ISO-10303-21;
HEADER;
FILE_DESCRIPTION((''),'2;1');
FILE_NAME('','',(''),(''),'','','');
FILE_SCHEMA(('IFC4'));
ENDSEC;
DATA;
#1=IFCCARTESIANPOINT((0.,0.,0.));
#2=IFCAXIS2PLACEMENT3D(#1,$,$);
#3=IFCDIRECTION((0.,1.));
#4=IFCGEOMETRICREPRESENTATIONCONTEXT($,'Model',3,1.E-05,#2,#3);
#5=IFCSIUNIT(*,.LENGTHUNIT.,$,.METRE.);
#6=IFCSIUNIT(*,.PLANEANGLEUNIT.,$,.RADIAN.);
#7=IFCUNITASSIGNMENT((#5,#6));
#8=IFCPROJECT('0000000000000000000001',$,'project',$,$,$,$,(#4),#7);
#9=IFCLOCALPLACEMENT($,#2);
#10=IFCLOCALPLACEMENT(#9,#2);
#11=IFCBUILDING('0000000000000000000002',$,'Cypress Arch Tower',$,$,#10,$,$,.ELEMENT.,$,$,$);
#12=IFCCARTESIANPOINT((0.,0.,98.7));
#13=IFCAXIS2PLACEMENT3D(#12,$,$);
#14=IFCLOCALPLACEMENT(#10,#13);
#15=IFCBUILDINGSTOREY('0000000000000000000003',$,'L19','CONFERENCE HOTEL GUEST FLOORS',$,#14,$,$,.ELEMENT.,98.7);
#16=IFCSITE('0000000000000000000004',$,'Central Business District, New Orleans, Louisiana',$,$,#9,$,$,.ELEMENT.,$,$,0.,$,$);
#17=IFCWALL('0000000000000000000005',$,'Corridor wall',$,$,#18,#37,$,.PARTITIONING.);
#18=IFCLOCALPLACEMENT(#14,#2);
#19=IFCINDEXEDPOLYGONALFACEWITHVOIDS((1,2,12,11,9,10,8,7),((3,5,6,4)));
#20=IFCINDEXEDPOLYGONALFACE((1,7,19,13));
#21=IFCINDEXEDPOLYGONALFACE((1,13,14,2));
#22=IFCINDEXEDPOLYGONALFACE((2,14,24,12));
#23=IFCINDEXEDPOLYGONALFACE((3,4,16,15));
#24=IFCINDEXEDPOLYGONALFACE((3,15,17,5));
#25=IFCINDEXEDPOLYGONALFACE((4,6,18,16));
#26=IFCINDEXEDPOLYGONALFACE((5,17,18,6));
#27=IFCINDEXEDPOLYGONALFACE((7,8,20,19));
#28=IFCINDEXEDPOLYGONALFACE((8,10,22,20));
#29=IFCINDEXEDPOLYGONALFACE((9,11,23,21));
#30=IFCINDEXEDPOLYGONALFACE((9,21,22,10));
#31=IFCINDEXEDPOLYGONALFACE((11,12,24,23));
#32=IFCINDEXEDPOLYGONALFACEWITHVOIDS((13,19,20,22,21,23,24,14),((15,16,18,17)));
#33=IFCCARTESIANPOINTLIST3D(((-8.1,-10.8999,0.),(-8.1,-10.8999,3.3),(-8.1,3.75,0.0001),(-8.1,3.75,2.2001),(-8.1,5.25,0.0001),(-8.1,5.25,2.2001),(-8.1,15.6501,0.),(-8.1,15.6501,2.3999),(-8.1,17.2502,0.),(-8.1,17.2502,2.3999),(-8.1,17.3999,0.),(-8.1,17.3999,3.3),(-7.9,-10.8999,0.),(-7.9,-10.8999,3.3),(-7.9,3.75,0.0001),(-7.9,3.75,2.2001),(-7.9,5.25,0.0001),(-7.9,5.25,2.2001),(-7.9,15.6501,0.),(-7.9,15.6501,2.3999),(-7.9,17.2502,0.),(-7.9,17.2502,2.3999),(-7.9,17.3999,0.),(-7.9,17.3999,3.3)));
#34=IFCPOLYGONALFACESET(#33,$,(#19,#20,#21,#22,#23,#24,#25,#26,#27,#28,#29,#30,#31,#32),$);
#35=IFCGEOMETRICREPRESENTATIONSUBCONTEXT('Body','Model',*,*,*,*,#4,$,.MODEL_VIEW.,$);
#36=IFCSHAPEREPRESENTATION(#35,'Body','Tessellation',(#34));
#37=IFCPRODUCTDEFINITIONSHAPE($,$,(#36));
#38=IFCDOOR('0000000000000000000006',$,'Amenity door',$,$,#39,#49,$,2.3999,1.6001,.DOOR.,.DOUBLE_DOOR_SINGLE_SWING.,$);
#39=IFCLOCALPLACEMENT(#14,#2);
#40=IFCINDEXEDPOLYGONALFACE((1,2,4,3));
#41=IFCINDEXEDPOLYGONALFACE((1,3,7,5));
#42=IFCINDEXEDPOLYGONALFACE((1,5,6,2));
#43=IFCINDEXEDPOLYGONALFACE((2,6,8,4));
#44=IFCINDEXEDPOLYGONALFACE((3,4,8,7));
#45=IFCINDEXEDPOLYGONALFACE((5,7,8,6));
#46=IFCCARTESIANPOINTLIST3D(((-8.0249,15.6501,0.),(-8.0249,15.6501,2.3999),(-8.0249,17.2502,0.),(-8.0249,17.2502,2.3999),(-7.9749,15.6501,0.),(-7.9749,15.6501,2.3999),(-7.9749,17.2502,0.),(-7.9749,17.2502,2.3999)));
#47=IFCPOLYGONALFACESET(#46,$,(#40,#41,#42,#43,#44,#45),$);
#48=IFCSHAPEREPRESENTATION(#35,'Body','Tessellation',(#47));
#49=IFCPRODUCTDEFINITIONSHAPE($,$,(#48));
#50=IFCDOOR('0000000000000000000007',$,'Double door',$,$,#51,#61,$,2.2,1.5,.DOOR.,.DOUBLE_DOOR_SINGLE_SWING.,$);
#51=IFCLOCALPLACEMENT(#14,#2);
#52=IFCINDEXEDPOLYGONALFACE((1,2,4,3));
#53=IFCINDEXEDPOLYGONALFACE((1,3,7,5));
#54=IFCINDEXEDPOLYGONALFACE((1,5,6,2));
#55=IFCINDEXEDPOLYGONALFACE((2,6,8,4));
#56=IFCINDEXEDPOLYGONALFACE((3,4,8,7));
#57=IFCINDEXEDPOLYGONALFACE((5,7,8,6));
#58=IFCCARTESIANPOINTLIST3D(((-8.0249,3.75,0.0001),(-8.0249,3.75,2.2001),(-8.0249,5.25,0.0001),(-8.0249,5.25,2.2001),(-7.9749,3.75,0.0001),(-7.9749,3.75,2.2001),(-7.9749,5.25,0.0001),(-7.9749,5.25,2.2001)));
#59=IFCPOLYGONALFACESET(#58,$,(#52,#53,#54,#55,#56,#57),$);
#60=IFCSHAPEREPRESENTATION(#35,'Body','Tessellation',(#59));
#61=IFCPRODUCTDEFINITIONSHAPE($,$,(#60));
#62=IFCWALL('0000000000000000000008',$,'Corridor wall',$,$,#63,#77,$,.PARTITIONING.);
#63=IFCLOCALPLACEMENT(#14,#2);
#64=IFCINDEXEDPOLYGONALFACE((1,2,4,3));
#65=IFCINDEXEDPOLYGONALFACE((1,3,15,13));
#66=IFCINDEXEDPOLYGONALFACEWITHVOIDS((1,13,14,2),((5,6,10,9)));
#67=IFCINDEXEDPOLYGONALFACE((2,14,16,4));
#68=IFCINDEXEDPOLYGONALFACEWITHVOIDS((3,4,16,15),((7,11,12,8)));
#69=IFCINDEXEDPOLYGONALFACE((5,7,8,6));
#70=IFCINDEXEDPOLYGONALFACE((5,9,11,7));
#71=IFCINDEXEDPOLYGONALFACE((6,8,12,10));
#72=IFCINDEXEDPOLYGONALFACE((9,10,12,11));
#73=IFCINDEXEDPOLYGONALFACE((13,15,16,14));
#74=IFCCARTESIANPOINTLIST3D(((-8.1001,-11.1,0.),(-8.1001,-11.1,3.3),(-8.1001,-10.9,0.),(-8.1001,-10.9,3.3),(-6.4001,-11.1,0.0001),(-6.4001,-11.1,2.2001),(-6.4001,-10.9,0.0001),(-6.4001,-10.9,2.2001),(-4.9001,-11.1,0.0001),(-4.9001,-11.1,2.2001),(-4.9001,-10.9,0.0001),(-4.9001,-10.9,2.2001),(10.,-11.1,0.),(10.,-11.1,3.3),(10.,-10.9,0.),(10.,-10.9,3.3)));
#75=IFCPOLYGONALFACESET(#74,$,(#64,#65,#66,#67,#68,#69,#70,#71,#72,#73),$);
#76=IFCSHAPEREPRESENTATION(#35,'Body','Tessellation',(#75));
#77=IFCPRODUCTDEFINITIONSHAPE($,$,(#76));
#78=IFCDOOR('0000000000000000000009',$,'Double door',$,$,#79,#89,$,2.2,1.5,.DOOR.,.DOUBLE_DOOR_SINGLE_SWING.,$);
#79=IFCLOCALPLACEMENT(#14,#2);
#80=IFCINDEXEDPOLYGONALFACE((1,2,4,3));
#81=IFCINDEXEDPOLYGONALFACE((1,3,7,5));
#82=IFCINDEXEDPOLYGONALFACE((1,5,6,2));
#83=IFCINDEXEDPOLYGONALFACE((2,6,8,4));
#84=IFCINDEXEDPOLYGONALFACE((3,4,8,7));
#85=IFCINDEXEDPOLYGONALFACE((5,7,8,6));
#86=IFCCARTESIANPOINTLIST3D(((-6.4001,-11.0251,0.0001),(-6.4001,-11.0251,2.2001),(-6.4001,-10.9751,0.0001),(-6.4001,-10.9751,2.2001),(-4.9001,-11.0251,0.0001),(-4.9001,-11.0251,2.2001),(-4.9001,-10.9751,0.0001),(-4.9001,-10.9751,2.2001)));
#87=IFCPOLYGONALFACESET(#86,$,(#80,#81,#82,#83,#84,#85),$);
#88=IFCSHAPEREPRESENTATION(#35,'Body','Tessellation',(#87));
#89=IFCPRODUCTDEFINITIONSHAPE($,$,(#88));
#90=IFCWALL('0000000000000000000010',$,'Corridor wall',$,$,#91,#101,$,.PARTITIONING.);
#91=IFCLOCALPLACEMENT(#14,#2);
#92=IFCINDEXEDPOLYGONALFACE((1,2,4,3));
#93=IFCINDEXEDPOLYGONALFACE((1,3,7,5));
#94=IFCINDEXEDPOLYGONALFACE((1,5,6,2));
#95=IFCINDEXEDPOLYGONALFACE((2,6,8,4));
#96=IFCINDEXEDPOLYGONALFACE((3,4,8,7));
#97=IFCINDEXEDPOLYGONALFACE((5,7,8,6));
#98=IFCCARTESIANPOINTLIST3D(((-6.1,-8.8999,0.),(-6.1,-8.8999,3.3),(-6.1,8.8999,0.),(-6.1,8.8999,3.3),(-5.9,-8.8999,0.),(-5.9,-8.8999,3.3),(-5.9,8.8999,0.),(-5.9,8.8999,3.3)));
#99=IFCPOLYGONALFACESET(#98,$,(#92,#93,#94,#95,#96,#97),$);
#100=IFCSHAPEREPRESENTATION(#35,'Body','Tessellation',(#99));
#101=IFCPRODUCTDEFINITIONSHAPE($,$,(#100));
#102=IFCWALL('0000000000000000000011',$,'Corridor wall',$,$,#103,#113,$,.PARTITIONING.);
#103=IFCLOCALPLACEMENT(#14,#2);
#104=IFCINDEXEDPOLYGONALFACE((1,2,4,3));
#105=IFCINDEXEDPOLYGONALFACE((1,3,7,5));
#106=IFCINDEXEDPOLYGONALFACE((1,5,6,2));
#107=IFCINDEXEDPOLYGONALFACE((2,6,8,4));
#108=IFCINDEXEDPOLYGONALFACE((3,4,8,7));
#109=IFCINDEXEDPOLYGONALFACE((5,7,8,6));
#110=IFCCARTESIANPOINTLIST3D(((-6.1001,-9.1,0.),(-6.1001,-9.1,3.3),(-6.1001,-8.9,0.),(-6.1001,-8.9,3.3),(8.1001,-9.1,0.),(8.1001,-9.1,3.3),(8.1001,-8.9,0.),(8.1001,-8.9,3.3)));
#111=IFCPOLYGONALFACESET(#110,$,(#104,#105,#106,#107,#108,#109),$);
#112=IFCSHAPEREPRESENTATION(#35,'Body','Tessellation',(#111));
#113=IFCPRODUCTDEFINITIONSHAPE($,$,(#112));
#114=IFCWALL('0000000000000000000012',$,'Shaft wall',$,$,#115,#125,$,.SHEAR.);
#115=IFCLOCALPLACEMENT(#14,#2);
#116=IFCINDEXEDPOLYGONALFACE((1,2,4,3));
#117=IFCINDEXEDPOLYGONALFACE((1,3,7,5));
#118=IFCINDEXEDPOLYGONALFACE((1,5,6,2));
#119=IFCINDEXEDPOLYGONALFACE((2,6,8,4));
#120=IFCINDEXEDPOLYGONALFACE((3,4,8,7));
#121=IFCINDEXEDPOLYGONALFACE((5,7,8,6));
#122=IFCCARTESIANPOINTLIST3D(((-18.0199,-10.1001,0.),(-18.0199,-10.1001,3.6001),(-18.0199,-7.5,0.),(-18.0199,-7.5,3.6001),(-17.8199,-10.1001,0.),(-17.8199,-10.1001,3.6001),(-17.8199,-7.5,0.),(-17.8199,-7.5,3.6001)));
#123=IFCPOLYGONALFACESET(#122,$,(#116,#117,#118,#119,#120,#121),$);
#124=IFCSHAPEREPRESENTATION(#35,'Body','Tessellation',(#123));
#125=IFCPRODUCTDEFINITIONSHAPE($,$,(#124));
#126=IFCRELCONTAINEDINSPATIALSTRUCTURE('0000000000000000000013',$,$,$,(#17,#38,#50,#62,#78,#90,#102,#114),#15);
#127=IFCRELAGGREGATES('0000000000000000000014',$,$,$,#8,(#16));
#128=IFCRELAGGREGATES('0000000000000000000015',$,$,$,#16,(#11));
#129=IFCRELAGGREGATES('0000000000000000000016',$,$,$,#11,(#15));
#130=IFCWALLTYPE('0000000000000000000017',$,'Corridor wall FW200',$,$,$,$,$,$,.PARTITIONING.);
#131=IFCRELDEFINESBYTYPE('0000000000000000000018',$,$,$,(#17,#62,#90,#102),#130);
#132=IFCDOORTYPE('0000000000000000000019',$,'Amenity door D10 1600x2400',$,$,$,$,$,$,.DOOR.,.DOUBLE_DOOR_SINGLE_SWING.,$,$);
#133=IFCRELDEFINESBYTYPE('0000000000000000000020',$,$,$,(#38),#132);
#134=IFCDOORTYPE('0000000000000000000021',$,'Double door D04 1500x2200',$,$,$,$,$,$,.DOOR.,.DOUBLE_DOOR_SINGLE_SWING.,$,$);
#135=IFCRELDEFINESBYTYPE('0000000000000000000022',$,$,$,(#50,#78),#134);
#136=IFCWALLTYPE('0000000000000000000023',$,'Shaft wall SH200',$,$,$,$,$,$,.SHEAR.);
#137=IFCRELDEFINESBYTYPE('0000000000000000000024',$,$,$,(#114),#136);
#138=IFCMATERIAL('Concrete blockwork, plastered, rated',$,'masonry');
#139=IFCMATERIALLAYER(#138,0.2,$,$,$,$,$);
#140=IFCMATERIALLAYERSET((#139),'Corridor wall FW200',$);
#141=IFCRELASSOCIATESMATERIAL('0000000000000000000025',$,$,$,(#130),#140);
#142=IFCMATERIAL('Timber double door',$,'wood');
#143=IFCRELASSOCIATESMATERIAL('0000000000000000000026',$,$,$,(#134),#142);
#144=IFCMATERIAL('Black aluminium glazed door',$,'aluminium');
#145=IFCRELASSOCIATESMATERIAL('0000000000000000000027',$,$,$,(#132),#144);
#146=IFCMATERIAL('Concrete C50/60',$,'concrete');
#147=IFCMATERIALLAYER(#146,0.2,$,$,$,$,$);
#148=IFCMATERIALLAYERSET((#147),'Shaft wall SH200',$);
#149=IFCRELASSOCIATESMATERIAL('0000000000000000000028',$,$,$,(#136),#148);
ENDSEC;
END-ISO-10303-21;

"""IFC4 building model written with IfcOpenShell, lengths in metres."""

from ifc_helpers import new_model, si_unit, direction, frame, frame_2d, origin, place, context, subcontext, project, spatial, rectangle, extrude, material, layer, layer_set, type_object, element, fill, save


model = new_model("IFC4")

# Units and contexts
model_context = context("Model", 3, precision=1e-05, world=origin(), true_north=direction((0.0, 1.0)))
body_context = subcontext(model_context, "Body", "Model", "MODEL_VIEW")
ifc_project = project(units=[si_unit("LENGTHUNIT", "METRE"), si_unit("PLANEANGLEUNIT", "RADIAN")], contexts=[model_context])

# Site, building, storey
site_placement = place(None, origin())
site = spatial("IfcSite", under=ifc_project, at=site_placement, Name="Central Business District, New Orleans, Louisiana", CompositionType="ELEMENT", RefElevation=0.0)
building_placement = place(site_placement, origin())
building = spatial("IfcBuilding", under=site, at=building_placement, Name="Cypress Arch Tower", CompositionType="ELEMENT")
storey_placement = place(building_placement, frame((0.0, 0.0, 98.7)))
storey = spatial("IfcBuildingStorey", under=building, at=storey_placement, Name="L19", Description="CONFERENCE HOTEL GUEST FLOORS", CompositionType="ELEMENT", Elevation=98.7)

# Wall, openings, doors
ifc_material_1 = material(Name="Concrete blockwork, plastered, rated", Category="masonry")
ifc_layer_1 = layer(ifc_material_1, 0.2)
ifc_layer_set_1 = layer_set([ifc_layer_1], Name="Corridor wall FW200")
wall_type_1 = type_object("IfcWallType", Name="Corridor wall FW200", PredefinedType="PARTITIONING", material=ifc_layer_set_1)
ifc_material_2 = material(Name="Timber double door", Category="wood")
door_type_1 = type_object("IfcDoorType", Name="Double door D04 1500x2200", OperationType="DOUBLE_DOOR_SINGLE_SWING", PredefinedType="DOOR", material=ifc_material_2)
wall_1_placement = place(storey_placement, frame((-8.0, -10.8999, 0.0), z_axis=(0.0, 0.0, 1.0), x_axis=(0.0, 1.0, 0.0)))
wall_1 = element("IfcWall", 1, at=wall_1_placement, inside=storey, type_object=wall_type_1, Name="Corridor wall", PredefinedType="PARTITIONING", context=body_context, shape_type="SweptSolid", body=[
    extrude(rectangle(XDim=28.2998, YDim=0.2, at=frame_2d((14.1499, 0.0))), origin(), (0.0, 0.0, 1.0), 3.3),
])
opening_1_placement = place(wall_1_placement, frame((14.6499, 0.0, 0.0)))
opening_1 = element("IfcOpeningElement", 2, at=opening_1_placement, cuts=wall_1, PredefinedType="OPENING", context=body_context, shape_type="SweptSolid", body=[
    extrude(rectangle(XDim=1.5, YDim=2.2, at=frame_2d((0.75, 1.1001))), frame((0.0, 0.1099, 0.0), z_axis=(0.0, -1.0, 0.0), x_axis=(1.0, 0.0, 0.0)), (0.0, 0.0, 1.0), 0.22),
])
opening_2_placement = place(wall_1_placement, frame((26.55, 0.0, 0.0)))
opening_2 = element("IfcOpeningElement", 3, at=opening_2_placement, cuts=wall_1, PredefinedType="OPENING", context=body_context, shape_type="SweptSolid", body=[
    extrude(rectangle(XDim=1.6001, YDim=2.3999, at=frame_2d((0.8, 1.2))), frame((0.0, 0.1099, 0.0), z_axis=(0.0, -1.0, 0.0), x_axis=(1.0, 0.0, 0.0)), (0.0, 0.0, 1.0), 0.22),
])
ifc_material_3 = material(Name="Black aluminium glazed door", Category="aluminium")
door_type_2 = type_object("IfcDoorType", Name="Amenity door D10 1600x2400", OperationType="DOUBLE_DOOR_SINGLE_SWING", PredefinedType="DOOR", material=ifc_material_3)
door_1_placement = place(opening_2_placement, origin())
door_1 = element("IfcDoor", 4, at=door_1_placement, inside=storey, type_object=door_type_2, Name="Amenity door", OperationType="DOUBLE_DOOR_SINGLE_SWING", OverallHeight=2.3999, OverallWidth=1.6001, PredefinedType="DOOR", context=body_context, shape_type="SweptSolid", body=[
    extrude(rectangle(XDim=1.6001, YDim=2.3999, at=frame_2d((0.8, 1.2))), frame((0.0, 0.0249, 0.0), z_axis=(0.0, -1.0, 0.0), x_axis=(1.0, 0.0, 0.0)), (0.0, 0.0, 1.0), 0.05),
])
fill(opening_2, door_1)
door_2_placement = place(opening_1_placement, origin())
door_2 = element("IfcDoor", 5, at=door_2_placement, inside=storey, type_object=door_type_1, Name="Double door", OperationType="DOUBLE_DOOR_SINGLE_SWING", OverallHeight=2.2, OverallWidth=1.5, PredefinedType="DOOR", context=body_context, shape_type="SweptSolid", body=[
    extrude(rectangle(XDim=1.5, YDim=2.2, at=frame_2d((0.75, 1.1001))), frame((0.0, 0.0249, 0.0), z_axis=(0.0, -1.0, 0.0), x_axis=(1.0, 0.0, 0.0)), (0.0, 0.0, 1.0), 0.05),
])
fill(opening_1, door_2)

# Wall, opening, door
wall_2_placement = place(storey_placement, frame((-8.1001, -11.0, 0.0), z_axis=(0.0, 0.0, 1.0), x_axis=(1.0, 0.0, 0.0)))
wall_2 = element("IfcWall", 6, at=wall_2_placement, inside=storey, type_object=wall_type_1, Name="Corridor wall", PredefinedType="PARTITIONING", context=body_context, shape_type="SweptSolid", body=[
    extrude(rectangle(XDim=18.1001, YDim=0.2, at=frame_2d((9.05, 0.0))), origin(), (0.0, 0.0, 1.0), 3.3),
])
opening_3_placement = place(wall_2_placement, frame((1.7, 0.0, 0.0)))
opening_3 = element("IfcOpeningElement", 7, at=opening_3_placement, cuts=wall_2, PredefinedType="OPENING", context=body_context, shape_type="SweptSolid", body=[
    extrude(rectangle(XDim=1.5, YDim=2.2, at=frame_2d((0.75, 1.1001))), frame((0.0, 0.1099, 0.0), z_axis=(0.0, -1.0, 0.0), x_axis=(1.0, 0.0, 0.0)), (0.0, 0.0, 1.0), 0.22),
])
door_3_placement = place(opening_3_placement, origin())
door_3 = element("IfcDoor", 8, at=door_3_placement, inside=storey, type_object=door_type_1, Name="Double door", OperationType="DOUBLE_DOOR_SINGLE_SWING", OverallHeight=2.2, OverallWidth=1.5, PredefinedType="DOOR", context=body_context, shape_type="SweptSolid", body=[
    extrude(rectangle(XDim=1.5, YDim=2.2, at=frame_2d((0.75, 1.1001))), frame((0.0, 0.0249, 0.0), z_axis=(0.0, -1.0, 0.0), x_axis=(1.0, 0.0, 0.0)), (0.0, 0.0, 1.0), 0.05),
])
fill(opening_3, door_3)

# Walls
wall_3_placement = place(storey_placement, frame((-6.0, -8.8999, 0.0), z_axis=(0.0, 0.0, 1.0), x_axis=(0.0, 1.0, 0.0)))
element("IfcWall", 9, at=wall_3_placement, inside=storey, type_object=wall_type_1, Name="Corridor wall", PredefinedType="PARTITIONING", context=body_context, shape_type="SweptSolid", body=[
    extrude(rectangle(XDim=17.7998, YDim=0.2, at=frame_2d((8.8999, 0.0))), origin(), (0.0, 0.0, 1.0), 3.3),
])
wall_4_placement = place(storey_placement, frame((-6.1001, -9.0, 0.0), z_axis=(0.0, 0.0, 1.0), x_axis=(1.0, 0.0, 0.0)))
element("IfcWall", 10, at=wall_4_placement, inside=storey, type_object=wall_type_1, Name="Corridor wall", PredefinedType="PARTITIONING", context=body_context, shape_type="SweptSolid", body=[
    extrude(rectangle(XDim=14.2002, YDim=0.2, at=frame_2d((7.1001, 0.0))), origin(), (0.0, 0.0, 1.0), 3.3),
])
ifc_material_4 = material(Name="Concrete C50/60", Category="concrete")
ifc_layer_2 = layer(ifc_material_4, 0.2)
ifc_layer_set_2 = layer_set([ifc_layer_2], Name="Shaft wall SH200")
wall_type_2 = type_object("IfcWallType", Name="Shaft wall SH200", PredefinedType="SHEAR", material=ifc_layer_set_2)
wall_5_placement = place(storey_placement, frame((-17.9199, -10.1001, 0.0), z_axis=(0.0, 0.0, 1.0), x_axis=(0.0, 1.0, 0.0)))
element("IfcWall", 11, at=wall_5_placement, inside=storey, type_object=wall_type_2, Name="Shaft wall", PredefinedType="SHEAR", context=body_context, shape_type="SweptSolid", body=[
    extrude(rectangle(XDim=2.6001, YDim=0.2, at=frame_2d((1.3, 0.0))), origin(), (0.0, 0.0, 1.0), 3.6001),
])

save(model, "model.ifc")
